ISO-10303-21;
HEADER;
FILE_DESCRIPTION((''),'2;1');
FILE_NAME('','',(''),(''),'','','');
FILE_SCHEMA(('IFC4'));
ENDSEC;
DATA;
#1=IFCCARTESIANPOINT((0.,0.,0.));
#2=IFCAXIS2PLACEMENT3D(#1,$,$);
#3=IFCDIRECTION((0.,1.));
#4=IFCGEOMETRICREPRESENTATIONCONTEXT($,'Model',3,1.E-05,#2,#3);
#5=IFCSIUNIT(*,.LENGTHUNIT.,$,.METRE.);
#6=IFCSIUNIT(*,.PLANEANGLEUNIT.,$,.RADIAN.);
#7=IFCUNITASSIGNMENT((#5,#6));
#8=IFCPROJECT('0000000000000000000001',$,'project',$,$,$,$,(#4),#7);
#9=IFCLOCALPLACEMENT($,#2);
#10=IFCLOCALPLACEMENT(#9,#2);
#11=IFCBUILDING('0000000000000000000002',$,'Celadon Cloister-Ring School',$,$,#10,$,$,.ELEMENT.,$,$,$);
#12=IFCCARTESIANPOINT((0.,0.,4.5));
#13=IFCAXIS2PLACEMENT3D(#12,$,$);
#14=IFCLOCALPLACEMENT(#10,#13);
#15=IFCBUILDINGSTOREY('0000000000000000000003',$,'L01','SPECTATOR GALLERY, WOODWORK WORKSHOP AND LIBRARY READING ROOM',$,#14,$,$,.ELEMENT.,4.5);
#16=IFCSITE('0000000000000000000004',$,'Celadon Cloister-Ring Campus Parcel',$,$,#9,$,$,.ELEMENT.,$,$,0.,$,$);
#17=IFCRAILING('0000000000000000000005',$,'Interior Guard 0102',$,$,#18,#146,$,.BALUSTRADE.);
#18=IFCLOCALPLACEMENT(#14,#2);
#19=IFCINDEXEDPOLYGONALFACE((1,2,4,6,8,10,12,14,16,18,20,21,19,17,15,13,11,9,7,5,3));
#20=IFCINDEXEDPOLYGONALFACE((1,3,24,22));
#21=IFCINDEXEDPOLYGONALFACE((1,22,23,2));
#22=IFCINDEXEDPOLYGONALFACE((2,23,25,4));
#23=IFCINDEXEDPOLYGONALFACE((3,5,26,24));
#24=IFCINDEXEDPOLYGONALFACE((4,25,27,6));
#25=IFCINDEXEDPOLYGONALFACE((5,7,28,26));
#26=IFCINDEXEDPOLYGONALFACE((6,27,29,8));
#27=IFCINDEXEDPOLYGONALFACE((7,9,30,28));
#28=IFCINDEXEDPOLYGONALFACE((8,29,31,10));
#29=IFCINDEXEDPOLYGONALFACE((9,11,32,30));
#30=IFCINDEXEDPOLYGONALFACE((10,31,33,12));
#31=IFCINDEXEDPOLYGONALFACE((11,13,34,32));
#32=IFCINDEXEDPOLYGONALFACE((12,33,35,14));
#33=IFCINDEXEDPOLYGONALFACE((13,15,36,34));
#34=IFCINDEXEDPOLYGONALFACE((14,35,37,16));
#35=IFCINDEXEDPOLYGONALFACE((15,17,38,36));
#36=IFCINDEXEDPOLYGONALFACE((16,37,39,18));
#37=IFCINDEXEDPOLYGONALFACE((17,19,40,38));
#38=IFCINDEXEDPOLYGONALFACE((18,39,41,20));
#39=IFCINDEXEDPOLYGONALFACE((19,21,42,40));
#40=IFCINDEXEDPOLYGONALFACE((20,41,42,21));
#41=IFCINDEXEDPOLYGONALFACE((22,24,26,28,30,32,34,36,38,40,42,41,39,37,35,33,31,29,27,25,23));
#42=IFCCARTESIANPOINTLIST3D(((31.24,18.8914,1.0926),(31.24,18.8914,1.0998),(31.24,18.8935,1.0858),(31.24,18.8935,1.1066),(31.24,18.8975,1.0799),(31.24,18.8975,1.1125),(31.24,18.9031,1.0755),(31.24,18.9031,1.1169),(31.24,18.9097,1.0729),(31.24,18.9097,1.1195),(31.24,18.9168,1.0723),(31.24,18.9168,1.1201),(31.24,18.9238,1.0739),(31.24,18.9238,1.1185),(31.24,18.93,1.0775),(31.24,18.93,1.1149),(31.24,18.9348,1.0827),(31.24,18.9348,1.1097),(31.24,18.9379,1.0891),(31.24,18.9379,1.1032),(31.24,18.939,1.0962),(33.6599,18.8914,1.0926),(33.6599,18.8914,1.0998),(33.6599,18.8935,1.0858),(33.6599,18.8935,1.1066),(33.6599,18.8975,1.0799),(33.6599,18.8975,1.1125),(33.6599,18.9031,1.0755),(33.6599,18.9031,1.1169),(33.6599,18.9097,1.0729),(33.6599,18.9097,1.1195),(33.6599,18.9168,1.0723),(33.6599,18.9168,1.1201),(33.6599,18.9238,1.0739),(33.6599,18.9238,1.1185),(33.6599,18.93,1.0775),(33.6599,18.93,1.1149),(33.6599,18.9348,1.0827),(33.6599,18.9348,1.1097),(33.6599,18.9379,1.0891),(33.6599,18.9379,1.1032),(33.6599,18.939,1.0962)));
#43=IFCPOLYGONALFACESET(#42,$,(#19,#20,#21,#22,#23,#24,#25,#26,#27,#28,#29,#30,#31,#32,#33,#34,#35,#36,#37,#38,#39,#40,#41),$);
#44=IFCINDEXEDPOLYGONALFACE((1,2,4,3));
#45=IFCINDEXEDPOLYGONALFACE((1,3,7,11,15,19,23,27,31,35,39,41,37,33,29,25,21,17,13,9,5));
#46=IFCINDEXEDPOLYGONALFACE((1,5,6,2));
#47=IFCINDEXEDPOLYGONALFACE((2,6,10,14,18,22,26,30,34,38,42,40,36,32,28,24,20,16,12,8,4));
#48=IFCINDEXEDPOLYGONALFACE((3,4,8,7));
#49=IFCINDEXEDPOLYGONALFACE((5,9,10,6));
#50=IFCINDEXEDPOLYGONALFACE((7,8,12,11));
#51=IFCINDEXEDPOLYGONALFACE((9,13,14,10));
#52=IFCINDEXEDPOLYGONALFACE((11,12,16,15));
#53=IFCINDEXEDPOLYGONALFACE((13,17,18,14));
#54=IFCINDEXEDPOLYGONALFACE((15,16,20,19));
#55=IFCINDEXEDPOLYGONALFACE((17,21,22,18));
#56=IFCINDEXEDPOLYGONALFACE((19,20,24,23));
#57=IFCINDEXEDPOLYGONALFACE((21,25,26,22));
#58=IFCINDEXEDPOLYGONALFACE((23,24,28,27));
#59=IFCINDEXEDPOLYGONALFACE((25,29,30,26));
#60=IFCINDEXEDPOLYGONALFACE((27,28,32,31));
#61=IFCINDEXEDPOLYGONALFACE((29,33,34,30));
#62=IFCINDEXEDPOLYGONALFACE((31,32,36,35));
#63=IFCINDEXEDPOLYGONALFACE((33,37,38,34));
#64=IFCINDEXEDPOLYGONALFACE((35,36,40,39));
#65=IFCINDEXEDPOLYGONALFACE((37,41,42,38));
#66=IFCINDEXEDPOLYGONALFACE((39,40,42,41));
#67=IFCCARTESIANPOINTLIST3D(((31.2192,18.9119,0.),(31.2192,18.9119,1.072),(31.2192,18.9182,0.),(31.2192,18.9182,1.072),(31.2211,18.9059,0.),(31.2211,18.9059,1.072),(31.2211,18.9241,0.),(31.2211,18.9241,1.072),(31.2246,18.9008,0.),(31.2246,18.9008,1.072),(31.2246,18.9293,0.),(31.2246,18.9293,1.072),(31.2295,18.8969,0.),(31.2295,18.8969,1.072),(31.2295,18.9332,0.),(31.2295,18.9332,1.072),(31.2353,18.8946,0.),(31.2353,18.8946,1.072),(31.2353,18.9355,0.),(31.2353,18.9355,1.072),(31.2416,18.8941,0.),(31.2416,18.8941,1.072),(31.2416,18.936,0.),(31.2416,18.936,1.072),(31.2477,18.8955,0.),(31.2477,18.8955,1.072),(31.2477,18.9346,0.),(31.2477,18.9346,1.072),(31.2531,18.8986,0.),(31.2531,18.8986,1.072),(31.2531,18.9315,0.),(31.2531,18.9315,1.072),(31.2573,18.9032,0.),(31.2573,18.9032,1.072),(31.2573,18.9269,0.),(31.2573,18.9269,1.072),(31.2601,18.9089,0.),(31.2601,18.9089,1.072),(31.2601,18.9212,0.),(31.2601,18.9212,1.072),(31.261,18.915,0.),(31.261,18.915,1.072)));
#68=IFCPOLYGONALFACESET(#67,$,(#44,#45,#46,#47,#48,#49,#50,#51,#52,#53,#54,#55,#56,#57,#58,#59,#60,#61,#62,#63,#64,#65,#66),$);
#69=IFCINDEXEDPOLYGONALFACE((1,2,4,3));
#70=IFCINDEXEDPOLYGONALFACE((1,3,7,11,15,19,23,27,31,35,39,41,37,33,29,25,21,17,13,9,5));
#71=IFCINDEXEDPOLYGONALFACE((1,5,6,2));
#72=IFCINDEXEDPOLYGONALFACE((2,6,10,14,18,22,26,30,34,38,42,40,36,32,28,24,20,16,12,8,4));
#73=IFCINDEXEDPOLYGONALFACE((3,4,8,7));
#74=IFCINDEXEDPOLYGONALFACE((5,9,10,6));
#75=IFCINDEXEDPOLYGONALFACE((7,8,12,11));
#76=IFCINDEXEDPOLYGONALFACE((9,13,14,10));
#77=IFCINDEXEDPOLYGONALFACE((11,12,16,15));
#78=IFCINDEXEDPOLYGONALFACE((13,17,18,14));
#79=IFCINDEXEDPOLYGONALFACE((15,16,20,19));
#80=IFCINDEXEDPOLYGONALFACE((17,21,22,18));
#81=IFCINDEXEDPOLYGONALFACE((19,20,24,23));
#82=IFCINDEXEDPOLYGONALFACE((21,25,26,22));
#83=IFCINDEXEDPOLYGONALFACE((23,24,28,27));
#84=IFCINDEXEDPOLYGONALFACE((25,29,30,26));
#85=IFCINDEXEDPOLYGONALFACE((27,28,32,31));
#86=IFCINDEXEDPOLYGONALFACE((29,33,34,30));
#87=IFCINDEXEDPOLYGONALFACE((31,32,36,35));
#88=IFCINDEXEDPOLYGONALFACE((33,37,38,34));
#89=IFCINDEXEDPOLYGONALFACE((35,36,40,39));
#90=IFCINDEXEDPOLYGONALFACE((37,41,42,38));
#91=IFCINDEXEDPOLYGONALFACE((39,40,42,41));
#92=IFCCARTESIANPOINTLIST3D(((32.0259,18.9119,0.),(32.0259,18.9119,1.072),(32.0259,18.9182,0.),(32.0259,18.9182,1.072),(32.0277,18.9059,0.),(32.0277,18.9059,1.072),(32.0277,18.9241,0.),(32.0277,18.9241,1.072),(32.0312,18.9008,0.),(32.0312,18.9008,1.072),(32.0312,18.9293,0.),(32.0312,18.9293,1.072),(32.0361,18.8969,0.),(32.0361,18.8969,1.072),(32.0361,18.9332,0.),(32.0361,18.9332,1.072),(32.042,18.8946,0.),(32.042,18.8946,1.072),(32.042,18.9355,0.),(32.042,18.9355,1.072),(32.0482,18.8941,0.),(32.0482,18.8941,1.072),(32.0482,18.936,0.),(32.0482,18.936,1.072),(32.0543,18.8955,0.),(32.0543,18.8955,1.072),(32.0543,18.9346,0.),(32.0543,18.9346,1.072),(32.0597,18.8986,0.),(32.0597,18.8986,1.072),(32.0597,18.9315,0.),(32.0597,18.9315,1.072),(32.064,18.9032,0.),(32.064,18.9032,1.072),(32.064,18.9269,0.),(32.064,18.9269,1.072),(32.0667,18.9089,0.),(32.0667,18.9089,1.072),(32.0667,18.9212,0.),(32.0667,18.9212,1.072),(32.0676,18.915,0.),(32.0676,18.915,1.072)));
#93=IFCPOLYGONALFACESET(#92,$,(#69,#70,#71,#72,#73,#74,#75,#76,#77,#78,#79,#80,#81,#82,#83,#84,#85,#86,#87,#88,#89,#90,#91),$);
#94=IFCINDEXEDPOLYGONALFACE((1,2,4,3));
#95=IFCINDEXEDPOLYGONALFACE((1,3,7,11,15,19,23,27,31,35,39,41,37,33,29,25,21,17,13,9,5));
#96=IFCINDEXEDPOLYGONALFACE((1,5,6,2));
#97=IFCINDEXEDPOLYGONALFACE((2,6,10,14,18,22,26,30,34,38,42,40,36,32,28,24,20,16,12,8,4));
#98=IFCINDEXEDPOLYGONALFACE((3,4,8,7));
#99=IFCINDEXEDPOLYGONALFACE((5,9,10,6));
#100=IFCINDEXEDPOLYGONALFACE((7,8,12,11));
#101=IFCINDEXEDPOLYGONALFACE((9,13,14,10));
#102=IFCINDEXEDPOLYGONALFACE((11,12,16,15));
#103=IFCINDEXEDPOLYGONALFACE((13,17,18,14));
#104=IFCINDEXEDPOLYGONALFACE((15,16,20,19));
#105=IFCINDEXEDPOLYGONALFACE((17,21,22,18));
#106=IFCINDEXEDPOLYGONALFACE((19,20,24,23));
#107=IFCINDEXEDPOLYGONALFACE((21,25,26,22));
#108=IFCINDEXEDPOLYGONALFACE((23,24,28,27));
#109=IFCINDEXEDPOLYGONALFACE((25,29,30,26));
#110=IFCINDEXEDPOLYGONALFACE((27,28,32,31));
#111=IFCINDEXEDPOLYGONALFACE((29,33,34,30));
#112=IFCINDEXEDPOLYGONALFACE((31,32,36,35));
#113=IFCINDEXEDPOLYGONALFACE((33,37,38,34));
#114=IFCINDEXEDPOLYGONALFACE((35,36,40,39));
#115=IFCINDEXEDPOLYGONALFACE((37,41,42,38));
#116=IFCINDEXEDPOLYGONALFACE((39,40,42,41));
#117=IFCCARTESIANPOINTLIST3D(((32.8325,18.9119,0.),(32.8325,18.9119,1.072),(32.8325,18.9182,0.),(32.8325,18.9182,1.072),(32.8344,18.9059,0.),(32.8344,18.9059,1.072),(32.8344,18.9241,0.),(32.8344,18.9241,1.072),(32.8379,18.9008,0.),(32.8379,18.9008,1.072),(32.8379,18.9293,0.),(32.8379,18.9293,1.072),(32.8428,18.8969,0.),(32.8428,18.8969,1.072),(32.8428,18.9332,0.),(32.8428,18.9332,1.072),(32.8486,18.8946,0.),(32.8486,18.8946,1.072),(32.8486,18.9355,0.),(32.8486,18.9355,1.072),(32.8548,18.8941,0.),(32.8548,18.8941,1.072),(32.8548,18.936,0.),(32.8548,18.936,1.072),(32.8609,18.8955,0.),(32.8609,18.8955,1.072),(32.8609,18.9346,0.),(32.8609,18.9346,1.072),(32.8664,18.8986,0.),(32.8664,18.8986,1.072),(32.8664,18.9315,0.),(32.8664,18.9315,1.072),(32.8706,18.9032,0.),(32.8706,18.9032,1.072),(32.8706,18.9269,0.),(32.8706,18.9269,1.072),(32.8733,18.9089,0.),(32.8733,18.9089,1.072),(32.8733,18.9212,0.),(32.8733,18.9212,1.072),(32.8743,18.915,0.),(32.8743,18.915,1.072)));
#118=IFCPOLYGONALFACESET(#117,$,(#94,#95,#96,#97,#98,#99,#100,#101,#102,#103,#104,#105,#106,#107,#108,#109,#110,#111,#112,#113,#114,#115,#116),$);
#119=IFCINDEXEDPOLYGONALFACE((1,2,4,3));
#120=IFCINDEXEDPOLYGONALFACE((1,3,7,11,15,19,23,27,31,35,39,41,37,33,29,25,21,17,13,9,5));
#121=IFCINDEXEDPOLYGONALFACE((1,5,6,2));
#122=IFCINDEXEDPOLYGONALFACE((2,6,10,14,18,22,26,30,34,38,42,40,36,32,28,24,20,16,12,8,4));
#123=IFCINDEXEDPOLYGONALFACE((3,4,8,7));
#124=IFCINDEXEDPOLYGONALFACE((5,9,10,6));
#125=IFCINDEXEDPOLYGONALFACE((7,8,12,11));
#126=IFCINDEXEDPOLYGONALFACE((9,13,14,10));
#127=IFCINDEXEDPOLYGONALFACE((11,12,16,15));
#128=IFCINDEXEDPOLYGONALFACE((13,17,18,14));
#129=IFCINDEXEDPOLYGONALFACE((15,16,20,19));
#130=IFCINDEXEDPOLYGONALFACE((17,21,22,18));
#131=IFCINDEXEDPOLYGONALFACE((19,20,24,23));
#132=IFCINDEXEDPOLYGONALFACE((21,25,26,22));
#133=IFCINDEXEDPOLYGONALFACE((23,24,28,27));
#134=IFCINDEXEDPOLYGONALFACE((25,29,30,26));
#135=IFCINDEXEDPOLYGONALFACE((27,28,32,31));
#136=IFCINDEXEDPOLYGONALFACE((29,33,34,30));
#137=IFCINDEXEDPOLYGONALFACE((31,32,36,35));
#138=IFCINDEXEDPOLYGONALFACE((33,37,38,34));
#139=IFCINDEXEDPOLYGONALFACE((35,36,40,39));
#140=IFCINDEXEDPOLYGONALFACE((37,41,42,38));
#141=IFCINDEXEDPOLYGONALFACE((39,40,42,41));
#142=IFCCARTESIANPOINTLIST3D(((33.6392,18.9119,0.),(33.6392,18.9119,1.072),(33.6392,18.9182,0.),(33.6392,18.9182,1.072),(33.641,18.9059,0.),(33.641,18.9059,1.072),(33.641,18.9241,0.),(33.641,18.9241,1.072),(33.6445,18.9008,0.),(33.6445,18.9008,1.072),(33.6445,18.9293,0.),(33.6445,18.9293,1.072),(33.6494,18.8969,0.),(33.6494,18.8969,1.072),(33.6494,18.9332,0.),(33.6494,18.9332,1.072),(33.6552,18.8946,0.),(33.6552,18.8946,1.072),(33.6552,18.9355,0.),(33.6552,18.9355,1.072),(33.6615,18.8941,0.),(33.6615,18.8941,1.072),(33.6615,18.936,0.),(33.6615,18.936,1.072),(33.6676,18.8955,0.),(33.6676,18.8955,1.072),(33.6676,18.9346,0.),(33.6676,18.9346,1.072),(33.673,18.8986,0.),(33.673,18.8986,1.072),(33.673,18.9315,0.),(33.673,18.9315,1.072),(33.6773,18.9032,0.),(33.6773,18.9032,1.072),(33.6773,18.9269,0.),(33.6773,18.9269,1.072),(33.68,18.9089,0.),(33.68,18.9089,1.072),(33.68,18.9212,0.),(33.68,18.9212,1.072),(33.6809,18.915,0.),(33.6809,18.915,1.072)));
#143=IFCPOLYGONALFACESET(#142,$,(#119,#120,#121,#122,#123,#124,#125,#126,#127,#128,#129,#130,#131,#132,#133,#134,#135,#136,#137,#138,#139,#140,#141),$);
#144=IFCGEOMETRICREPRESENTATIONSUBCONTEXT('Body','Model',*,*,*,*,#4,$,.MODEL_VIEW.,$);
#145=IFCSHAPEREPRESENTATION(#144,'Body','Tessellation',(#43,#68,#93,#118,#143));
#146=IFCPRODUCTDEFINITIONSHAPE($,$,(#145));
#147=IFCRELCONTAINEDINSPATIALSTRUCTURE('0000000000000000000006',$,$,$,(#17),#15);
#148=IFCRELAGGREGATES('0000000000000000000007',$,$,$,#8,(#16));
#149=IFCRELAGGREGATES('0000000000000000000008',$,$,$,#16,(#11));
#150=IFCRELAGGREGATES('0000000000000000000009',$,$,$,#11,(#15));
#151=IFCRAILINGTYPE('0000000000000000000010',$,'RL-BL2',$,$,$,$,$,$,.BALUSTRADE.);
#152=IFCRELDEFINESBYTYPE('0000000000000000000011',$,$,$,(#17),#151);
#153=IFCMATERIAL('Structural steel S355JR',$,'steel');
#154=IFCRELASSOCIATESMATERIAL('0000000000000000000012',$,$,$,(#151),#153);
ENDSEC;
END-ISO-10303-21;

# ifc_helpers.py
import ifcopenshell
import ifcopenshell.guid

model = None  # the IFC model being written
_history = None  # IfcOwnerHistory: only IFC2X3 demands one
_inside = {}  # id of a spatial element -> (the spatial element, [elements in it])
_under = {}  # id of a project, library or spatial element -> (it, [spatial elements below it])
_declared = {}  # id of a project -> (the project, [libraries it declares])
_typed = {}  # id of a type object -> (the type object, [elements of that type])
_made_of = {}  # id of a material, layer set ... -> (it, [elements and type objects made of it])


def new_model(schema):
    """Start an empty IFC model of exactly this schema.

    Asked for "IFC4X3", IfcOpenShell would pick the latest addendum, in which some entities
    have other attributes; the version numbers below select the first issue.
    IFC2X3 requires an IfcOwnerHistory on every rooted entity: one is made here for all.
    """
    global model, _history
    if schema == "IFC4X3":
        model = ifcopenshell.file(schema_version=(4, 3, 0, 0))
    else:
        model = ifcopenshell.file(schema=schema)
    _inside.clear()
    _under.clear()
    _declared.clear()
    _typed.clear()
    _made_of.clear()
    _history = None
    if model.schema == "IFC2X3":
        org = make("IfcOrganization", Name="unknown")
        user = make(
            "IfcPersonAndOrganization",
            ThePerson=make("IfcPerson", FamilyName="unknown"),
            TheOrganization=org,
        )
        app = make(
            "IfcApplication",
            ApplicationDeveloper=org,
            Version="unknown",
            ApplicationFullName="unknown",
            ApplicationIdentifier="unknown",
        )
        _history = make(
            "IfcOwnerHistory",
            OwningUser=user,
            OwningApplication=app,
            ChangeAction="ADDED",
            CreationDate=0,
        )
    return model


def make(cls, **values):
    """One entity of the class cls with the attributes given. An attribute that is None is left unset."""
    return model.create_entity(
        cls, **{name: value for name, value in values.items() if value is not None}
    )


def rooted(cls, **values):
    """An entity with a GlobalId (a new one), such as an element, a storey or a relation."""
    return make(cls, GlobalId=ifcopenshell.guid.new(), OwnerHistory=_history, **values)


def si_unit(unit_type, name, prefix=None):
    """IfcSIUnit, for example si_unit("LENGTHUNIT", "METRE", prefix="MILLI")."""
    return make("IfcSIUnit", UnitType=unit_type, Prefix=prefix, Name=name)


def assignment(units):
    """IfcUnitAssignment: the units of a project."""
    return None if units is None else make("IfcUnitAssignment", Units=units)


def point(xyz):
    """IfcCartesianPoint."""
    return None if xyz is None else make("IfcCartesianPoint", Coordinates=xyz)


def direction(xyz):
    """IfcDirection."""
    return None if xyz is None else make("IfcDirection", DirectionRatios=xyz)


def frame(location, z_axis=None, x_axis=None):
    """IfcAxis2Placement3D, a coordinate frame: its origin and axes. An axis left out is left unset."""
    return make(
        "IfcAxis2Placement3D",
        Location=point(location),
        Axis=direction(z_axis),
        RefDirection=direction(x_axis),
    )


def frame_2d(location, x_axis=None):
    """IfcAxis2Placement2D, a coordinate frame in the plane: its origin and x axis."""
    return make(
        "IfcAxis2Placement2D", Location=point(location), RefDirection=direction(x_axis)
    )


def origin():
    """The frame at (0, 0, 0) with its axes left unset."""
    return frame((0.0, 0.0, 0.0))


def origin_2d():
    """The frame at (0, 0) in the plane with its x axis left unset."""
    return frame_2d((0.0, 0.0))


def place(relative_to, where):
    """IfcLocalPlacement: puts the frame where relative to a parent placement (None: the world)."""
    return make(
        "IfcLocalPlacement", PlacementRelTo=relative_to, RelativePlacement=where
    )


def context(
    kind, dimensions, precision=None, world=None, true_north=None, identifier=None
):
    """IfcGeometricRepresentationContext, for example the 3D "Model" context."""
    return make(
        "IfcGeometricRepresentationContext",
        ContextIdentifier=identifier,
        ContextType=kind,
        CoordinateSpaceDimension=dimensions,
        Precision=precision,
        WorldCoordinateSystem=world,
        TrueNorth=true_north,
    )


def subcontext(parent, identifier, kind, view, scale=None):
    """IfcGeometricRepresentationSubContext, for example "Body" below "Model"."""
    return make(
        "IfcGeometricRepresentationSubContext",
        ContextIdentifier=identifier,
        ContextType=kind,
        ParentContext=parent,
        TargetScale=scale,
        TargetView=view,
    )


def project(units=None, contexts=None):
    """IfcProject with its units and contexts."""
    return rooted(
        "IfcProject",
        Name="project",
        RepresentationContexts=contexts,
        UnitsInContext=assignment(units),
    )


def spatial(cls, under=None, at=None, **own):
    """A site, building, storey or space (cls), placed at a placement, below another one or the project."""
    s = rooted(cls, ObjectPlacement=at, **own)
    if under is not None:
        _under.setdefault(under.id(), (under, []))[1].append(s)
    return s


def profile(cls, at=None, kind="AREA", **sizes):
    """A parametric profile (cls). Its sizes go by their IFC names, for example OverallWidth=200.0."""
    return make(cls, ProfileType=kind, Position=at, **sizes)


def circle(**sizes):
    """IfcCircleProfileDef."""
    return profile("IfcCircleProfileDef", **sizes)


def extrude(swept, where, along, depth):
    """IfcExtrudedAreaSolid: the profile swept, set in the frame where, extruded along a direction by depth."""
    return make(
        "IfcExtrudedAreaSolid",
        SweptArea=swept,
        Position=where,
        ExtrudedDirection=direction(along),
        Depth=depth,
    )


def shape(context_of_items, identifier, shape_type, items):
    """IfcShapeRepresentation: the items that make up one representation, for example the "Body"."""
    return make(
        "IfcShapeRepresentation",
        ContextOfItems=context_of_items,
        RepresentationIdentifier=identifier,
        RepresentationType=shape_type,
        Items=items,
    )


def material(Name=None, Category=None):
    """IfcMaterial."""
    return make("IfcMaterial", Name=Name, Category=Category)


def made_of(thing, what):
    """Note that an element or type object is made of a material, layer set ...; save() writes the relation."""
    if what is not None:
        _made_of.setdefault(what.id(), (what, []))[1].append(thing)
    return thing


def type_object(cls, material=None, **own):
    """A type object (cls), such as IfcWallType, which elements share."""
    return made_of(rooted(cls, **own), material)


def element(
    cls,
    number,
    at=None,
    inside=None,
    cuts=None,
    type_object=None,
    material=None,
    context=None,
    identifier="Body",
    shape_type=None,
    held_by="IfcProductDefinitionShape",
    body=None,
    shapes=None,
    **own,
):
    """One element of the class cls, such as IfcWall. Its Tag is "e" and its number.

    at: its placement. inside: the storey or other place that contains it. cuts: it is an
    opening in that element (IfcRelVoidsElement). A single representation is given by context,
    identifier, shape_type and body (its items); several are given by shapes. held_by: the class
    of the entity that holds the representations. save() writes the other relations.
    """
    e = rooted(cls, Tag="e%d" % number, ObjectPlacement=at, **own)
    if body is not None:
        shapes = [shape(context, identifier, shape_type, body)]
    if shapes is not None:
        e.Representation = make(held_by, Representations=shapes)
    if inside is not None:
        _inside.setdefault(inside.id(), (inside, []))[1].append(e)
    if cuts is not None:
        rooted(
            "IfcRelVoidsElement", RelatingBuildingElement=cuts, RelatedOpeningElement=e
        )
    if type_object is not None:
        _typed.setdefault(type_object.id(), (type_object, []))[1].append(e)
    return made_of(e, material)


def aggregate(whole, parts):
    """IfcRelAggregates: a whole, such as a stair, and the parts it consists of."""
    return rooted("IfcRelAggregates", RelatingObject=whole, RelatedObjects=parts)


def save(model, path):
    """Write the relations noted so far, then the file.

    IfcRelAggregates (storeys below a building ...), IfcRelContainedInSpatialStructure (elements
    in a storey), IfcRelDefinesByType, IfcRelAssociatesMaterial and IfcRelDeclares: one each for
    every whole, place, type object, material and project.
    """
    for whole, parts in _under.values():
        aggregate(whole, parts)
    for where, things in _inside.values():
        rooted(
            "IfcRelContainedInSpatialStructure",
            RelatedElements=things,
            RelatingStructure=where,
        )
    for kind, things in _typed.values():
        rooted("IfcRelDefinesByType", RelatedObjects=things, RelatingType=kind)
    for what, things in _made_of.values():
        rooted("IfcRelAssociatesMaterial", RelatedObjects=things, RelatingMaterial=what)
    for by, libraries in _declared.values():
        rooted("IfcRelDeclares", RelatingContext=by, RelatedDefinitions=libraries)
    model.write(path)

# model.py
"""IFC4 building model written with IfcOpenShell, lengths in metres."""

from ifc_helpers import new_model, si_unit, direction, frame, origin, origin_2d, place, context, subcontext, project, spatial, circle, extrude, material, type_object, element, save


model = new_model("IFC4")

# Units and contexts
model_context = context("Model", 3, precision=1e-05, world=origin(), true_north=direction((0.0, 1.0)))
body_context = subcontext(model_context, "Body", "Model", "MODEL_VIEW")
ifc_project = project(units=[si_unit("LENGTHUNIT", "METRE"), si_unit("PLANEANGLEUNIT", "RADIAN")], contexts=[model_context])

# Site, building, storey
site_placement = place(None, origin())
site = spatial("IfcSite", under=ifc_project, at=site_placement, Name="Celadon Cloister-Ring Campus Parcel", CompositionType="ELEMENT", RefElevation=0.0)
building_placement = place(site_placement, origin())
building = spatial("IfcBuilding", under=site, at=building_placement, Name="Celadon Cloister-Ring School", CompositionType="ELEMENT")
storey_placement = place(building_placement, frame((0.0, 0.0, 4.5)))
storey = spatial("IfcBuildingStorey", under=building, at=storey_placement, Name="L01", Description="SPECTATOR GALLERY, WOODWORK WORKSHOP AND LIBRARY READING ROOM", CompositionType="ELEMENT", Elevation=4.5)

# Railing
ifc_material_1 = material(Name="Structural steel S355JR", Category="steel")
railing_type_1 = type_object("IfcRailingType", Name="RL-BL2", PredefinedType="BALUSTRADE", material=ifc_material_1)
railing_1_placement = place(storey_placement, frame((31.24, 18.915, 0.0)))
element("IfcRailing", 1, at=railing_1_placement, inside=storey, type_object=railing_type_1, Name="Interior Guard 0102", PredefinedType="BALUSTRADE", context=body_context, shape_type="SweptSolid", body=[
    extrude(circle(Radius=0.0239, at=origin_2d()), frame((0.0, 0.0, 1.0962), z_axis=(1.0, 0.0, 0.0), x_axis=(0.0, 1.0, 0.0)), (0.0, 0.0, 1.0), 2.4199),
    extrude(circle(Radius=0.021, at=origin_2d()), origin(), (0.0, 0.0, 1.0), 1.072),
    extrude(circle(Radius=0.021, at=origin_2d()), frame((0.8066, 0.0, 0.0)), (0.0, 0.0, 1.0), 1.072),
    extrude(circle(Radius=0.021, at=origin_2d()), frame((1.6133, 0.0, 0.0)), (0.0, 0.0, 1.0), 1.072),
    extrude(circle(Radius=0.021, at=origin_2d()), frame((2.4199, 0.0, 0.0)), (0.0, 0.0, 1.0), 1.072),
])

save(model, "model.ifc")
